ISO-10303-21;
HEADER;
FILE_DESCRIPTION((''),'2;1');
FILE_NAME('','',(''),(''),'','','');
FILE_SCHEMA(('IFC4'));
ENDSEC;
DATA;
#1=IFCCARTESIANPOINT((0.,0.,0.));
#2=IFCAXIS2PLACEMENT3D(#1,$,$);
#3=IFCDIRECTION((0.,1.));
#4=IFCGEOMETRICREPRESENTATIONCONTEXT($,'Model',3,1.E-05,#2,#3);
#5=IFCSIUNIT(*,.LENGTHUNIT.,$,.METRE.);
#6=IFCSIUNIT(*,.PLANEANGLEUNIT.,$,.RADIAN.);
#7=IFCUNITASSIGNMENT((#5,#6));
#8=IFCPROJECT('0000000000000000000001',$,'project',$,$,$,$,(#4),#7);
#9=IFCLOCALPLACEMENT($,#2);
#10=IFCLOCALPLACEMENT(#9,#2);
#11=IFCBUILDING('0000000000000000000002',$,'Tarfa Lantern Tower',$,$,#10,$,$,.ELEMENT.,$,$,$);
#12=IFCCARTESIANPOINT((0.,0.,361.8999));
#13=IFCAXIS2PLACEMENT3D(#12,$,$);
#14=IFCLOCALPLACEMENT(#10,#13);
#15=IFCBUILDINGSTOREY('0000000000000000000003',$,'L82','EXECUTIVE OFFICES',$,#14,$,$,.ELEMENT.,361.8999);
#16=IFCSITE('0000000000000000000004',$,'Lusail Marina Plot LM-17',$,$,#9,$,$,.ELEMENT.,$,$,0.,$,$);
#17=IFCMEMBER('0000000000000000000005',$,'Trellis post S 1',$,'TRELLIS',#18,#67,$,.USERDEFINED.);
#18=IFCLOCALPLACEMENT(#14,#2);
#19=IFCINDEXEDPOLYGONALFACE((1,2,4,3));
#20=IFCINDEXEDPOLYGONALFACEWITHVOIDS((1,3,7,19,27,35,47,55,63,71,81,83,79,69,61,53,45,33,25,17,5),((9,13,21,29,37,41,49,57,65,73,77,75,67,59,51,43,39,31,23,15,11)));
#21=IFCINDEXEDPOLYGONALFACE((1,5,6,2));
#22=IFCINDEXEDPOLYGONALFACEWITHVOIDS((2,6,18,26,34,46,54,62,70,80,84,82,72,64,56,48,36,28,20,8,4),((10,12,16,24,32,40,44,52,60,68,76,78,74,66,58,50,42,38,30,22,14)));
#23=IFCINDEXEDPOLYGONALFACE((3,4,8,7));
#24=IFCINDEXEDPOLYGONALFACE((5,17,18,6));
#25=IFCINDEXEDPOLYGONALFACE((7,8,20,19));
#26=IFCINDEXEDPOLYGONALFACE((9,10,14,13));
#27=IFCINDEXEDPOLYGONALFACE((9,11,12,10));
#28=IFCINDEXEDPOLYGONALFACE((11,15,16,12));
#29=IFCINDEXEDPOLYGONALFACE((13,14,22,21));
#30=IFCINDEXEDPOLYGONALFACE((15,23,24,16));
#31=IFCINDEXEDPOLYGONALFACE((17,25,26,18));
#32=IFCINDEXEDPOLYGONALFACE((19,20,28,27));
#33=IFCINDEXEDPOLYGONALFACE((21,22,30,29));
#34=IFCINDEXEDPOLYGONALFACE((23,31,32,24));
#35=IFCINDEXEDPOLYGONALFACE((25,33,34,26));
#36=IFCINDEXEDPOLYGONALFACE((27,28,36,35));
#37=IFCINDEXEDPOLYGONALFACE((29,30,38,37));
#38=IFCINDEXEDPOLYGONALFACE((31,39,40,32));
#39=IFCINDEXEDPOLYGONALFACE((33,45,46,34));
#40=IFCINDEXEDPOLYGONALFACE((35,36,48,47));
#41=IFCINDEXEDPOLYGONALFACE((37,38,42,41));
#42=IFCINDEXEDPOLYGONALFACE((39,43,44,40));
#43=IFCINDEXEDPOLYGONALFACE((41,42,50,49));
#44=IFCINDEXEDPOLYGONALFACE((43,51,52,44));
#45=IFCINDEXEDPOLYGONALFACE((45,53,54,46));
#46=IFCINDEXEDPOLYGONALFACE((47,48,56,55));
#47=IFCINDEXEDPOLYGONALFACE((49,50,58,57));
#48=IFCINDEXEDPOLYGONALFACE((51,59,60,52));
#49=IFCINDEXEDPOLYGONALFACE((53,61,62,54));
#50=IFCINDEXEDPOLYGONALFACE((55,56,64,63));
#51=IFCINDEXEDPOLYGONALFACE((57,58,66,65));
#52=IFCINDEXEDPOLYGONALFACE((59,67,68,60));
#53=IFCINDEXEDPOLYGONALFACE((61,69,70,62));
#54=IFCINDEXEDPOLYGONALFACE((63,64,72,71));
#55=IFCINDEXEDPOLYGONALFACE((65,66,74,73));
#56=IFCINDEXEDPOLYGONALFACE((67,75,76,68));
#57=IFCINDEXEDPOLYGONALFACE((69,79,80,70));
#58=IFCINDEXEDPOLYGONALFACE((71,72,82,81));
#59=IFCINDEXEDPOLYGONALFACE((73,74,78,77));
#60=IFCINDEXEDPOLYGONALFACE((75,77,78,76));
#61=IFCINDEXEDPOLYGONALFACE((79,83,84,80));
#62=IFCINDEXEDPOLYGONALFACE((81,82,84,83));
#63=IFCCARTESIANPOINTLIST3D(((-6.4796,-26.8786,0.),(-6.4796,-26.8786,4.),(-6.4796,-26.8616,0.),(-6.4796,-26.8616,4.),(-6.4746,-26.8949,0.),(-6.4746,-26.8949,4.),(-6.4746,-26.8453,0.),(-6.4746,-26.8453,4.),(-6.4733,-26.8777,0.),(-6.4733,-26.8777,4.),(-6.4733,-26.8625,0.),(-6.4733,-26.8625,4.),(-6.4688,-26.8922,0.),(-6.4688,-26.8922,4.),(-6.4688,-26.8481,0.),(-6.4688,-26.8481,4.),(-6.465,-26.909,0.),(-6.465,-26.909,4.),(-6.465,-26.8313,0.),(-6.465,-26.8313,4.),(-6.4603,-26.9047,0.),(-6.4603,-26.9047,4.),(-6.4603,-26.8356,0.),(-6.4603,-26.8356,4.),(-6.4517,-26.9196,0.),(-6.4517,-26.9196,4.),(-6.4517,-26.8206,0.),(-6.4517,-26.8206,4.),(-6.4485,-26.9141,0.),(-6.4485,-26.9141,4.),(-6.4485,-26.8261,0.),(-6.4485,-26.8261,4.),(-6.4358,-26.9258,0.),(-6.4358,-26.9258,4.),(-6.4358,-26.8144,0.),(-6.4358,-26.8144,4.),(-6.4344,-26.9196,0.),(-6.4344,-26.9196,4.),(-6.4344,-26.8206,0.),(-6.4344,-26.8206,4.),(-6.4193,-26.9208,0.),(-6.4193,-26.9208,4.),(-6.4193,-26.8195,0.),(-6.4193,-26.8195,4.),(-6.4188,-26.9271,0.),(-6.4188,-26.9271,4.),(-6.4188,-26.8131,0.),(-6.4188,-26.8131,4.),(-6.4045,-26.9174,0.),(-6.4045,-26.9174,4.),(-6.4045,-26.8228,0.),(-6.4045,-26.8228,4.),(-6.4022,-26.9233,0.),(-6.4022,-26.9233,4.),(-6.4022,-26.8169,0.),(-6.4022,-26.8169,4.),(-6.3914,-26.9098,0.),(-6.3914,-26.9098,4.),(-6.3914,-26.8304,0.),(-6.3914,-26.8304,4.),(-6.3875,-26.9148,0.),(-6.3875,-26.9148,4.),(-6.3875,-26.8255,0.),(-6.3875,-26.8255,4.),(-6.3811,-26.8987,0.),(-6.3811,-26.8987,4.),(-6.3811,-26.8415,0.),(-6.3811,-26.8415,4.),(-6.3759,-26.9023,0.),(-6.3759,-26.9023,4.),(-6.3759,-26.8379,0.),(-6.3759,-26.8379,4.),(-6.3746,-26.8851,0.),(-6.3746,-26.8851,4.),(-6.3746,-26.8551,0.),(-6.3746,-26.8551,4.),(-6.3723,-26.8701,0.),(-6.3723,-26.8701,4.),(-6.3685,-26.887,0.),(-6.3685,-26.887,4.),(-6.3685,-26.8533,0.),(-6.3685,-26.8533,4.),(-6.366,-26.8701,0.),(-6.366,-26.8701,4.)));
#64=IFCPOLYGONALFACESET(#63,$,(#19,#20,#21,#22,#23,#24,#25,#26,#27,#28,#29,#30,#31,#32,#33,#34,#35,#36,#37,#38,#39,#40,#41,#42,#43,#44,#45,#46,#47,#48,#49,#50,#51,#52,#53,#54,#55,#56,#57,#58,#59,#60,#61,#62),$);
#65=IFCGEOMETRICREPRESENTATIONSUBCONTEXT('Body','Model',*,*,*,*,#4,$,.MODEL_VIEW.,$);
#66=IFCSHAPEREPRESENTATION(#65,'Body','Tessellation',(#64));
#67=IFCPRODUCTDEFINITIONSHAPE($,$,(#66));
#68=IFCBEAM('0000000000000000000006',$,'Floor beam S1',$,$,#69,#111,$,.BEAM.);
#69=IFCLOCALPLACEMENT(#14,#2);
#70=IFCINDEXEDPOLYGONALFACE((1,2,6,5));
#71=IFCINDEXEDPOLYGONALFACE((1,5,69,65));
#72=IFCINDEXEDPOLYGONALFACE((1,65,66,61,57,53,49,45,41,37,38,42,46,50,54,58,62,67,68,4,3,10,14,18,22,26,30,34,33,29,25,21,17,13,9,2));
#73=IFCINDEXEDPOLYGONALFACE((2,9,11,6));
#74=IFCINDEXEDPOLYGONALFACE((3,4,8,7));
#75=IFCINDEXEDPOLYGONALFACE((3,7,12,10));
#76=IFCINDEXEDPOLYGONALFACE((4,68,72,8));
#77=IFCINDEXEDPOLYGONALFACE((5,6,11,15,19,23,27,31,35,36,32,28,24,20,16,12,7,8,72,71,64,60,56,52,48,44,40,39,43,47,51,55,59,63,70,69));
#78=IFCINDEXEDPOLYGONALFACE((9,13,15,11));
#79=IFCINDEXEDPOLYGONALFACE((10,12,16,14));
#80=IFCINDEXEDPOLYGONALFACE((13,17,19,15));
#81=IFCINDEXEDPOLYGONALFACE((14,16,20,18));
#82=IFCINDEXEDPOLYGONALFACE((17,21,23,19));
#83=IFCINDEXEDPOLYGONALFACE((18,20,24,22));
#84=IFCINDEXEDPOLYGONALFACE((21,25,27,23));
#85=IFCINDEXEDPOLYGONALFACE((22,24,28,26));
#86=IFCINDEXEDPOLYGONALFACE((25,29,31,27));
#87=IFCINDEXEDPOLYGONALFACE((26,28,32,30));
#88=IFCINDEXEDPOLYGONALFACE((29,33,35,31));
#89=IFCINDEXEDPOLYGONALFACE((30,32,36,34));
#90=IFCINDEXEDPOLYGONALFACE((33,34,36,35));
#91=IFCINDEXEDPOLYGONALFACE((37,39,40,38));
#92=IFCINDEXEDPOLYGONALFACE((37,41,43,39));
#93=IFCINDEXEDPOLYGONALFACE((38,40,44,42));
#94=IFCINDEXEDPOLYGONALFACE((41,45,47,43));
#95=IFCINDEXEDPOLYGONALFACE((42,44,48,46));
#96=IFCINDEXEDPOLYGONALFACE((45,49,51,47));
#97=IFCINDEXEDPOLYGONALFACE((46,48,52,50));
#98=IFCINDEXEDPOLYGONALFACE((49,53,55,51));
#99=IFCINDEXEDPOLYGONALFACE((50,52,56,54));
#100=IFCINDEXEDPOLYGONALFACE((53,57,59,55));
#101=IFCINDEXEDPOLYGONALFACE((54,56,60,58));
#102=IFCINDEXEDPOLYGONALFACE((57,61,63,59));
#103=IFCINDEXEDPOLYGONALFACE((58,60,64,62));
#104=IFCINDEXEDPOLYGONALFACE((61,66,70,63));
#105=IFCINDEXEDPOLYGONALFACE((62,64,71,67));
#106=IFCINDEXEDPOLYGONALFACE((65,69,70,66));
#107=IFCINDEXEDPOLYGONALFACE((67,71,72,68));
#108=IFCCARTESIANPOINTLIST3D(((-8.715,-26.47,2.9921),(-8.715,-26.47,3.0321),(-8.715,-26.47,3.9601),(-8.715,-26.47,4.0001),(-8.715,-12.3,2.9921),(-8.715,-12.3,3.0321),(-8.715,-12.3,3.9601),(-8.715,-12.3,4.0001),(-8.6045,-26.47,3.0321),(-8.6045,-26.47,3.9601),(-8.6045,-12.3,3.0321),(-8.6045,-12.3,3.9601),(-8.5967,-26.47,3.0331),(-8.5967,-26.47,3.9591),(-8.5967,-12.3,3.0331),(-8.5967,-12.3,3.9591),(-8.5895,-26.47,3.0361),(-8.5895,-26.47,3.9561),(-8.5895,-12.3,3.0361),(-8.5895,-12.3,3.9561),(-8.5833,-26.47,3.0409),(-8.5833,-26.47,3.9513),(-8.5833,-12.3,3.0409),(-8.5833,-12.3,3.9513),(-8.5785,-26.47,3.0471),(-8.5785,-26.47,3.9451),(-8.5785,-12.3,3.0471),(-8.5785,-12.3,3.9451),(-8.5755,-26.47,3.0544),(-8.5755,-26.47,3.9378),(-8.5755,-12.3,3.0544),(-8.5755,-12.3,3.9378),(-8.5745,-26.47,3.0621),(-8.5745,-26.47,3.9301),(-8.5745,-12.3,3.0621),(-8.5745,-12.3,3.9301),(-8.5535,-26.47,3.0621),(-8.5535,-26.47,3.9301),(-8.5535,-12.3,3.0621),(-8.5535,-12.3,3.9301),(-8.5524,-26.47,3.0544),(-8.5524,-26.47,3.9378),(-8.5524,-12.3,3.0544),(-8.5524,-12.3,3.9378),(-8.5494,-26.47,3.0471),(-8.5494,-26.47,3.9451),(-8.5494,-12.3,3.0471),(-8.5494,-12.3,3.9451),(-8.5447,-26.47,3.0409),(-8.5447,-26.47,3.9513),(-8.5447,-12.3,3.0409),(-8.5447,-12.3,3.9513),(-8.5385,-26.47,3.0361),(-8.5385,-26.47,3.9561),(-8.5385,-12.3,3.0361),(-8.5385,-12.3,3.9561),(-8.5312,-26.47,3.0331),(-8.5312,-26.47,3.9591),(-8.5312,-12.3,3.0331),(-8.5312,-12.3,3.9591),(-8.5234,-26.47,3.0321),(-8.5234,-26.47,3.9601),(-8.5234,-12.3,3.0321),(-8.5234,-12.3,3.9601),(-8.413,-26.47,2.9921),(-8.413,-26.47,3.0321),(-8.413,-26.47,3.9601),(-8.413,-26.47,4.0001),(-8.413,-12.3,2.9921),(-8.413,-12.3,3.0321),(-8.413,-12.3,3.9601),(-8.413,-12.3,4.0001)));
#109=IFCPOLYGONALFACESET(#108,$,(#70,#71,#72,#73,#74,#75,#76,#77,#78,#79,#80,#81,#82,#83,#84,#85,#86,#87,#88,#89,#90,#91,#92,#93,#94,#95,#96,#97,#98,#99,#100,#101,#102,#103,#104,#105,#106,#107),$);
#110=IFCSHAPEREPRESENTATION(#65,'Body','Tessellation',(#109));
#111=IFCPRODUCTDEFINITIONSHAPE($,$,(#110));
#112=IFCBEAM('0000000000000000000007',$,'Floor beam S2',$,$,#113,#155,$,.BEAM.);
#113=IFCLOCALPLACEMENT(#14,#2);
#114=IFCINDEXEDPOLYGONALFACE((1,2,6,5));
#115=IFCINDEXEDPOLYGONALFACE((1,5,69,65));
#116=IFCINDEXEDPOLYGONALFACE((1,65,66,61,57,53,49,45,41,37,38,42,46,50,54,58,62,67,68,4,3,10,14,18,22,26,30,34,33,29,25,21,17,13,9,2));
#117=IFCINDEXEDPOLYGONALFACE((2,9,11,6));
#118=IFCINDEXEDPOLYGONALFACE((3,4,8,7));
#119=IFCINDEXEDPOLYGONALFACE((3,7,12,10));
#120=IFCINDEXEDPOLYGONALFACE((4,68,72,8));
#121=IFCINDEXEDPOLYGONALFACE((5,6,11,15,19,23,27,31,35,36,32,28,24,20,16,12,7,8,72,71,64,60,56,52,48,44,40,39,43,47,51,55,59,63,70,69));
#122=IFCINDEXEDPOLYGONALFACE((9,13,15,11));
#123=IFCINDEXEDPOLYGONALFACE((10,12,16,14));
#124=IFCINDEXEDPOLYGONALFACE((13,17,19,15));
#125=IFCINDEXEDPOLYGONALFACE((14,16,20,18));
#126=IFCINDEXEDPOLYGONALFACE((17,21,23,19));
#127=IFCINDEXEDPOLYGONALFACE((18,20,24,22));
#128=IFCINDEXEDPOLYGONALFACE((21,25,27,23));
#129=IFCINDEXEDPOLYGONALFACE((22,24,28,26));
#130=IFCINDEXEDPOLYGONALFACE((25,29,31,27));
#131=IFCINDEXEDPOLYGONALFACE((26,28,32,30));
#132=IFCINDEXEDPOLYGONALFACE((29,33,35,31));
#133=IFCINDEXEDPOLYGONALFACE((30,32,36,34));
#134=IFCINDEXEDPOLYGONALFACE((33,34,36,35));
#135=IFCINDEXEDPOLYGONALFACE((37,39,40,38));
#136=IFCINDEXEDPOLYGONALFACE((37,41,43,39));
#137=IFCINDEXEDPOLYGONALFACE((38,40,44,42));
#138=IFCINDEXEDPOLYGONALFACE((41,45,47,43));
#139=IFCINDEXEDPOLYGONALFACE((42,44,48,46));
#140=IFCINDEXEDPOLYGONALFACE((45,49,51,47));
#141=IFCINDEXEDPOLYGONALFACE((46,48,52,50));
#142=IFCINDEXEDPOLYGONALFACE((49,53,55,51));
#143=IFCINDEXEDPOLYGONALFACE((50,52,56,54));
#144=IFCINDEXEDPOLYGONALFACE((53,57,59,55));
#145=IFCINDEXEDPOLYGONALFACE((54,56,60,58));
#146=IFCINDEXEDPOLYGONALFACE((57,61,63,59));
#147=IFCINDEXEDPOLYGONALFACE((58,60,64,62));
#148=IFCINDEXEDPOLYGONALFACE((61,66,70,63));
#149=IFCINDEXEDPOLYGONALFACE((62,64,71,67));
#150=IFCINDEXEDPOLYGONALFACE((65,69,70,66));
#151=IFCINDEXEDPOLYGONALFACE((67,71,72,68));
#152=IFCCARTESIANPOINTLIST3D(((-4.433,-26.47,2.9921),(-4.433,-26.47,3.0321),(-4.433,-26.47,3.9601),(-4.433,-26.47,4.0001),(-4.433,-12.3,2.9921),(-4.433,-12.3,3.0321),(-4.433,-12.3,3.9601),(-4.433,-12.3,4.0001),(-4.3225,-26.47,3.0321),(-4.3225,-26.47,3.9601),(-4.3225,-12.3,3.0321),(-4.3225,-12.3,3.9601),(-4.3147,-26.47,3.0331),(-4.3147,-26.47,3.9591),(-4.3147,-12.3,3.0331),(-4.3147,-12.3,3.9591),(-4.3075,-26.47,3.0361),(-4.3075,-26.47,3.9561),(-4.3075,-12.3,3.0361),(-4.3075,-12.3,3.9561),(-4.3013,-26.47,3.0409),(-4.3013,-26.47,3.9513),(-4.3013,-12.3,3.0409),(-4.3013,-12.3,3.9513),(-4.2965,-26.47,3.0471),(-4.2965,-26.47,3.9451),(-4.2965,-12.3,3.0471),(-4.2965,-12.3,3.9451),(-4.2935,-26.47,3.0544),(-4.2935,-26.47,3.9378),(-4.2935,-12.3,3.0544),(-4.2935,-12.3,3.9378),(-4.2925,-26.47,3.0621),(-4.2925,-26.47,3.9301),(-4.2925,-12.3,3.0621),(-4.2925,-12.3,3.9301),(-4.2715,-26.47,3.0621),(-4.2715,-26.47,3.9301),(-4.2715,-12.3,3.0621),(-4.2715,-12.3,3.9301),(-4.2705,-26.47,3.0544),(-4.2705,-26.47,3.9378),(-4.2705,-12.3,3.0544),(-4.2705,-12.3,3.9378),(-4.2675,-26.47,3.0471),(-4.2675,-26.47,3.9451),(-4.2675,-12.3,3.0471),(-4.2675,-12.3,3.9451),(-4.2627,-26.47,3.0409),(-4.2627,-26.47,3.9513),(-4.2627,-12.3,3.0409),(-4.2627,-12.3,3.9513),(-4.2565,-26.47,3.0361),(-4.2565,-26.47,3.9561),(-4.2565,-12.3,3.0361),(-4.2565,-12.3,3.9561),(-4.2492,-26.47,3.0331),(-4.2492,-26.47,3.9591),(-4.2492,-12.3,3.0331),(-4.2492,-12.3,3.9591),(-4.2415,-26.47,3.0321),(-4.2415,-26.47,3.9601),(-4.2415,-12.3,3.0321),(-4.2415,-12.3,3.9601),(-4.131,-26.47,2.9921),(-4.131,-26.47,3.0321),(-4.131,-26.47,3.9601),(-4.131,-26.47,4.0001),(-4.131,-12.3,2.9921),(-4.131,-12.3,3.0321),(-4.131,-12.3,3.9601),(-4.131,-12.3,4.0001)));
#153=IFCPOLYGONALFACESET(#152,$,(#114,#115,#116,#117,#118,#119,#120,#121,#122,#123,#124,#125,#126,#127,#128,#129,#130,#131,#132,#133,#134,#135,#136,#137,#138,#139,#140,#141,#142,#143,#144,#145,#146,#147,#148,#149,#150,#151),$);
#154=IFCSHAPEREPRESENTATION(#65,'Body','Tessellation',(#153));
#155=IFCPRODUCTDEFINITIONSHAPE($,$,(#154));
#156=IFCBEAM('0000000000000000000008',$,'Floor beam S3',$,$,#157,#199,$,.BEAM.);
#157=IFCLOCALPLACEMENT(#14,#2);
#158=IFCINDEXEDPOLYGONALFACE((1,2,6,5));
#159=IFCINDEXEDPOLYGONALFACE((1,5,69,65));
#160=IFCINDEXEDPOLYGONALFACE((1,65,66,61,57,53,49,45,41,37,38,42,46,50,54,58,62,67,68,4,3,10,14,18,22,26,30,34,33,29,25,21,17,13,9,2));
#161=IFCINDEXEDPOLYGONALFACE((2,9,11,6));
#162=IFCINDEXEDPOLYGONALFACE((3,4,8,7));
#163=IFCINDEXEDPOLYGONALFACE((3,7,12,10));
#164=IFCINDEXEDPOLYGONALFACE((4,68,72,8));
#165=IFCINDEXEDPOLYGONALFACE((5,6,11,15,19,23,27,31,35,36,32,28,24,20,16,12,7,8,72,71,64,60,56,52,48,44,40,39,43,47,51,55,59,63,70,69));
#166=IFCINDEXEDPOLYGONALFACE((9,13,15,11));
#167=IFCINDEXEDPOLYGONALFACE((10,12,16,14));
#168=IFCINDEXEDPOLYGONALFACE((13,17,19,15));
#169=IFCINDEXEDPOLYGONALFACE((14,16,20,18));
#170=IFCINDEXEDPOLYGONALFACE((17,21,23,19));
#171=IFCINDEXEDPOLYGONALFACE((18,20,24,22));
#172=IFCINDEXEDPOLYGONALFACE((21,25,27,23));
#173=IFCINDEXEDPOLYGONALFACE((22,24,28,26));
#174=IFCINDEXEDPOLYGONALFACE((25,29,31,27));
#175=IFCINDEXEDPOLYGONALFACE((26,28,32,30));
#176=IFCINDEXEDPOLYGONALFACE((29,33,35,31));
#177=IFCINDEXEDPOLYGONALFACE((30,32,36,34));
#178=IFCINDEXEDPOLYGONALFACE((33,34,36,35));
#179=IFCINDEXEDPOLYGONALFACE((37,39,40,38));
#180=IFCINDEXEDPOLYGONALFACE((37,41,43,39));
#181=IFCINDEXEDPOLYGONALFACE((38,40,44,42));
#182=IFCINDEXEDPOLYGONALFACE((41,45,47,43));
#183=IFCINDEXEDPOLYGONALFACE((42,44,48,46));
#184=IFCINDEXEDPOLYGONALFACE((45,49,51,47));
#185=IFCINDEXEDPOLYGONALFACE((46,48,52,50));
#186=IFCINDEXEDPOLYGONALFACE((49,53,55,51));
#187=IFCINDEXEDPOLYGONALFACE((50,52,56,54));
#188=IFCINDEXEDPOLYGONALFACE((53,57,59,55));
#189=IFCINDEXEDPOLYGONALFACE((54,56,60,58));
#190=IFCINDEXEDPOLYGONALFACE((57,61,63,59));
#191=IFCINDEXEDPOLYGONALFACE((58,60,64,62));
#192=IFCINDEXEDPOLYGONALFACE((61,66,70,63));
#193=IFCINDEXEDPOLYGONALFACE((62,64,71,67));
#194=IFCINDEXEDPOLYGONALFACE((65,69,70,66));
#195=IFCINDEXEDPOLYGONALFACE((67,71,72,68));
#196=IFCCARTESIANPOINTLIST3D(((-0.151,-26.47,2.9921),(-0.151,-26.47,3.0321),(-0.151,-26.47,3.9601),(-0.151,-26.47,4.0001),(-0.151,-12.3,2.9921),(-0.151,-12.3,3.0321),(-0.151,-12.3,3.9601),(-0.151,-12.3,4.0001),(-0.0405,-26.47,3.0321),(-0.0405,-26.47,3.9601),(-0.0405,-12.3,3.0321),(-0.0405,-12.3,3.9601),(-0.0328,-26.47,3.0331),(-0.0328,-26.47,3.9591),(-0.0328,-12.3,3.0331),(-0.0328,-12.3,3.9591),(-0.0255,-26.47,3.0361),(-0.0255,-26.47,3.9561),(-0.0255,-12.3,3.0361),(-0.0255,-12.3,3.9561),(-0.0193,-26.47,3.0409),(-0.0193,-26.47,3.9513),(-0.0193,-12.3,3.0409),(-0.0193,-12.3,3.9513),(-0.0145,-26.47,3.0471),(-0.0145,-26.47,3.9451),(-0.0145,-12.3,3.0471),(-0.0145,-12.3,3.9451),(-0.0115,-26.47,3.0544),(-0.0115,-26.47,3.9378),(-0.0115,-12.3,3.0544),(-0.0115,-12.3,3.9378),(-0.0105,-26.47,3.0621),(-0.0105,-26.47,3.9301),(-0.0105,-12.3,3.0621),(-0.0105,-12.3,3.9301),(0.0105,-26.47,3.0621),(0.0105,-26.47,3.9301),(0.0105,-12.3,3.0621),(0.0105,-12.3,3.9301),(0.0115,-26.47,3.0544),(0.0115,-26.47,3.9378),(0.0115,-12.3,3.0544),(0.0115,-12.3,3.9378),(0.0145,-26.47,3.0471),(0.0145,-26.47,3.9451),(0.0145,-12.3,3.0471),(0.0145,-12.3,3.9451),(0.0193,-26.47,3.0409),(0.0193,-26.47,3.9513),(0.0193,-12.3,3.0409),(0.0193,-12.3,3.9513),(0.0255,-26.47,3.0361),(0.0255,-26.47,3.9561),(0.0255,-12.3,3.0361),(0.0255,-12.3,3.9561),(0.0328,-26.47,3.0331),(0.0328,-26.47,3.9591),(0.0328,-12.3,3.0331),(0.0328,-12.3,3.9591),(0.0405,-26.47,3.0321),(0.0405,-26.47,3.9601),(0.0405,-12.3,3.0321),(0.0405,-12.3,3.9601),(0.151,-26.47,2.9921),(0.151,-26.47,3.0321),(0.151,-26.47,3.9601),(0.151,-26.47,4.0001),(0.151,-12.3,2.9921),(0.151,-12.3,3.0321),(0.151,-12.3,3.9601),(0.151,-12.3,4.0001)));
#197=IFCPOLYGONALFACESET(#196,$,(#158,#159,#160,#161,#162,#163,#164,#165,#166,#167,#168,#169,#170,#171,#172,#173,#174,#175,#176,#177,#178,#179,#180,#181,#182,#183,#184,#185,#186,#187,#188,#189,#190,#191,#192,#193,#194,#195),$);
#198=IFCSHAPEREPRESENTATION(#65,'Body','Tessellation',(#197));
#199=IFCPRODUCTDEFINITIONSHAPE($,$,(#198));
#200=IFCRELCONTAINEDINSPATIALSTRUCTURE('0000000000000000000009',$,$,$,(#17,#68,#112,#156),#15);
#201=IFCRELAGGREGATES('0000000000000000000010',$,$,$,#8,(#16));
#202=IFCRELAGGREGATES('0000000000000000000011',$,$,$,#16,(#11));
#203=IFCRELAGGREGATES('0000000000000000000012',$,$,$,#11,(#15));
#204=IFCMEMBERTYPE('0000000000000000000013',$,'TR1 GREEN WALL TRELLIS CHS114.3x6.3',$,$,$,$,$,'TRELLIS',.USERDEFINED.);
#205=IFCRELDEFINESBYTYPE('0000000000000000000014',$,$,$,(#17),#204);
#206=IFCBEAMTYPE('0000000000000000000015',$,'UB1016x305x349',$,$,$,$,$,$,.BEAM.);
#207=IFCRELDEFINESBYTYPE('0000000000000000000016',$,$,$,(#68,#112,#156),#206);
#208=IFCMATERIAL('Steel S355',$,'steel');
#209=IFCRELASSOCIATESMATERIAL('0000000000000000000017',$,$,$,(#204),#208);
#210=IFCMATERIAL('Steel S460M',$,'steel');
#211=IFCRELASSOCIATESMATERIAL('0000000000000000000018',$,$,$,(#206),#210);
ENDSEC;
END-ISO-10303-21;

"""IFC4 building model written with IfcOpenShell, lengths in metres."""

from ifc_helpers import new_model, si_unit, direction, frame, origin, origin_2d, place, context, subcontext, project, spatial, hollow_circle, i_section, extrude, material, material_profile, profile_set, type_object, element, save


model = new_model("IFC4")

# Units and contexts
model_context = context("Model", 3, precision=1e-05, world=origin(), true_north=direction((0.0, 1.0)))
body_context = subcontext(model_context, "Body", "Model", "MODEL_VIEW")
ifc_project = project(units=[si_unit("LENGTHUNIT", "METRE"), si_unit("PLANEANGLEUNIT", "RADIAN")], contexts=[model_context])

# Site, building, storey
site_placement = place(None, origin())
site = spatial("IfcSite", under=ifc_project, at=site_placement, Name="Lusail Marina Plot LM-17", CompositionType="ELEMENT", RefElevation=0.0)
building_placement = place(site_placement, origin())
building = spatial("IfcBuilding", under=site, at=building_placement, Name="Tarfa Lantern Tower", CompositionType="ELEMENT")
storey_placement = place(building_placement, frame((0.0, 0.0, 361.8999)))
storey = spatial("IfcBuildingStorey", under=building, at=storey_placement, Name="L82", Description="EXECUTIVE OFFICES", CompositionType="ELEMENT", Elevation=361.8999)

# Member
ifc_material_1 = material(Name="Steel S355", Category="steel")
ifc_material_profile_1 = material_profile(ifc_material_1, hollow_circle(Radius=0.0571, WallThickness=0.0063, at=origin_2d()), Name="CHS114.3x6.3")
ifc_profile_set_1 = profile_set([ifc_material_profile_1], Name="Steel S355")
member_type_1 = type_object("IfcMemberType", Name="TR1 GREEN WALL TRELLIS CHS114.3x6.3", ElementType="TRELLIS", PredefinedType="USERDEFINED", material=ifc_profile_set_1)
member_1_placement = place(storey_placement, frame((-6.4231, -26.8701, 0.0), z_axis=(0.0, 0.0, 1.0), x_axis=(1.0, 0.0, 0.0)))
element("IfcMember", 1, at=member_1_placement, inside=storey, type_object=member_type_1, Name="Trellis post S 1", ObjectType="TRELLIS", PredefinedType="USERDEFINED", context=body_context, shape_type="SweptSolid", body=[
    extrude(hollow_circle(Radius=0.0571, WallThickness=0.0063, at=origin_2d()), origin(), (0.0, 0.0, 1.0), 4.0),
])

# Beams
ifc_material_2 = material(Name="Steel S460M", Category="steel")
ifc_material_profile_2 = material_profile(ifc_material_2, i_section(OverallWidth=0.302, OverallDepth=1.0081, WebThickness=0.021, FlangeThickness=0.04, FilletRadius=0.03, at=origin_2d()), Name="UB1016x305x349")
ifc_profile_set_2 = profile_set([ifc_material_profile_2], Name="Steel S460M")
beam_type_1 = type_object("IfcBeamType", Name="UB1016x305x349", PredefinedType="BEAM", material=ifc_profile_set_2)
for number, where, z_axis, x_axis, name in (
    (2, (-8.564, -26.47, 3.4961), (0.0, 1.0, 0.0), (-1.0, 0.0, 0.0), "Floor beam S1"),
    (3, (-4.282, -26.47, 3.4961), (0.0, 1.0, 0.0), (-1.0, 0.0, 0.0), "Floor beam S2"),
    (4, (0.0, -26.47, 3.4961), (0.0, 1.0, 0.0), (-1.0, 0.0, 0.0), "Floor beam S3"),
):
    element("IfcBeam", number, at=place(storey_placement, frame(where, z_axis=z_axis, x_axis=x_axis)), inside=storey, type_object=beam_type_1, Name=name, PredefinedType="BEAM", context=body_context, shape_type="SweptSolid", body=[
        extrude(i_section(OverallWidth=0.302, OverallDepth=1.0081, WebThickness=0.021, FlangeThickness=0.04, FilletRadius=0.03, at=origin_2d()), origin(), (0.0, 0.0, 1.0), 14.1699),
    ])

save(model, "model.ifc")
